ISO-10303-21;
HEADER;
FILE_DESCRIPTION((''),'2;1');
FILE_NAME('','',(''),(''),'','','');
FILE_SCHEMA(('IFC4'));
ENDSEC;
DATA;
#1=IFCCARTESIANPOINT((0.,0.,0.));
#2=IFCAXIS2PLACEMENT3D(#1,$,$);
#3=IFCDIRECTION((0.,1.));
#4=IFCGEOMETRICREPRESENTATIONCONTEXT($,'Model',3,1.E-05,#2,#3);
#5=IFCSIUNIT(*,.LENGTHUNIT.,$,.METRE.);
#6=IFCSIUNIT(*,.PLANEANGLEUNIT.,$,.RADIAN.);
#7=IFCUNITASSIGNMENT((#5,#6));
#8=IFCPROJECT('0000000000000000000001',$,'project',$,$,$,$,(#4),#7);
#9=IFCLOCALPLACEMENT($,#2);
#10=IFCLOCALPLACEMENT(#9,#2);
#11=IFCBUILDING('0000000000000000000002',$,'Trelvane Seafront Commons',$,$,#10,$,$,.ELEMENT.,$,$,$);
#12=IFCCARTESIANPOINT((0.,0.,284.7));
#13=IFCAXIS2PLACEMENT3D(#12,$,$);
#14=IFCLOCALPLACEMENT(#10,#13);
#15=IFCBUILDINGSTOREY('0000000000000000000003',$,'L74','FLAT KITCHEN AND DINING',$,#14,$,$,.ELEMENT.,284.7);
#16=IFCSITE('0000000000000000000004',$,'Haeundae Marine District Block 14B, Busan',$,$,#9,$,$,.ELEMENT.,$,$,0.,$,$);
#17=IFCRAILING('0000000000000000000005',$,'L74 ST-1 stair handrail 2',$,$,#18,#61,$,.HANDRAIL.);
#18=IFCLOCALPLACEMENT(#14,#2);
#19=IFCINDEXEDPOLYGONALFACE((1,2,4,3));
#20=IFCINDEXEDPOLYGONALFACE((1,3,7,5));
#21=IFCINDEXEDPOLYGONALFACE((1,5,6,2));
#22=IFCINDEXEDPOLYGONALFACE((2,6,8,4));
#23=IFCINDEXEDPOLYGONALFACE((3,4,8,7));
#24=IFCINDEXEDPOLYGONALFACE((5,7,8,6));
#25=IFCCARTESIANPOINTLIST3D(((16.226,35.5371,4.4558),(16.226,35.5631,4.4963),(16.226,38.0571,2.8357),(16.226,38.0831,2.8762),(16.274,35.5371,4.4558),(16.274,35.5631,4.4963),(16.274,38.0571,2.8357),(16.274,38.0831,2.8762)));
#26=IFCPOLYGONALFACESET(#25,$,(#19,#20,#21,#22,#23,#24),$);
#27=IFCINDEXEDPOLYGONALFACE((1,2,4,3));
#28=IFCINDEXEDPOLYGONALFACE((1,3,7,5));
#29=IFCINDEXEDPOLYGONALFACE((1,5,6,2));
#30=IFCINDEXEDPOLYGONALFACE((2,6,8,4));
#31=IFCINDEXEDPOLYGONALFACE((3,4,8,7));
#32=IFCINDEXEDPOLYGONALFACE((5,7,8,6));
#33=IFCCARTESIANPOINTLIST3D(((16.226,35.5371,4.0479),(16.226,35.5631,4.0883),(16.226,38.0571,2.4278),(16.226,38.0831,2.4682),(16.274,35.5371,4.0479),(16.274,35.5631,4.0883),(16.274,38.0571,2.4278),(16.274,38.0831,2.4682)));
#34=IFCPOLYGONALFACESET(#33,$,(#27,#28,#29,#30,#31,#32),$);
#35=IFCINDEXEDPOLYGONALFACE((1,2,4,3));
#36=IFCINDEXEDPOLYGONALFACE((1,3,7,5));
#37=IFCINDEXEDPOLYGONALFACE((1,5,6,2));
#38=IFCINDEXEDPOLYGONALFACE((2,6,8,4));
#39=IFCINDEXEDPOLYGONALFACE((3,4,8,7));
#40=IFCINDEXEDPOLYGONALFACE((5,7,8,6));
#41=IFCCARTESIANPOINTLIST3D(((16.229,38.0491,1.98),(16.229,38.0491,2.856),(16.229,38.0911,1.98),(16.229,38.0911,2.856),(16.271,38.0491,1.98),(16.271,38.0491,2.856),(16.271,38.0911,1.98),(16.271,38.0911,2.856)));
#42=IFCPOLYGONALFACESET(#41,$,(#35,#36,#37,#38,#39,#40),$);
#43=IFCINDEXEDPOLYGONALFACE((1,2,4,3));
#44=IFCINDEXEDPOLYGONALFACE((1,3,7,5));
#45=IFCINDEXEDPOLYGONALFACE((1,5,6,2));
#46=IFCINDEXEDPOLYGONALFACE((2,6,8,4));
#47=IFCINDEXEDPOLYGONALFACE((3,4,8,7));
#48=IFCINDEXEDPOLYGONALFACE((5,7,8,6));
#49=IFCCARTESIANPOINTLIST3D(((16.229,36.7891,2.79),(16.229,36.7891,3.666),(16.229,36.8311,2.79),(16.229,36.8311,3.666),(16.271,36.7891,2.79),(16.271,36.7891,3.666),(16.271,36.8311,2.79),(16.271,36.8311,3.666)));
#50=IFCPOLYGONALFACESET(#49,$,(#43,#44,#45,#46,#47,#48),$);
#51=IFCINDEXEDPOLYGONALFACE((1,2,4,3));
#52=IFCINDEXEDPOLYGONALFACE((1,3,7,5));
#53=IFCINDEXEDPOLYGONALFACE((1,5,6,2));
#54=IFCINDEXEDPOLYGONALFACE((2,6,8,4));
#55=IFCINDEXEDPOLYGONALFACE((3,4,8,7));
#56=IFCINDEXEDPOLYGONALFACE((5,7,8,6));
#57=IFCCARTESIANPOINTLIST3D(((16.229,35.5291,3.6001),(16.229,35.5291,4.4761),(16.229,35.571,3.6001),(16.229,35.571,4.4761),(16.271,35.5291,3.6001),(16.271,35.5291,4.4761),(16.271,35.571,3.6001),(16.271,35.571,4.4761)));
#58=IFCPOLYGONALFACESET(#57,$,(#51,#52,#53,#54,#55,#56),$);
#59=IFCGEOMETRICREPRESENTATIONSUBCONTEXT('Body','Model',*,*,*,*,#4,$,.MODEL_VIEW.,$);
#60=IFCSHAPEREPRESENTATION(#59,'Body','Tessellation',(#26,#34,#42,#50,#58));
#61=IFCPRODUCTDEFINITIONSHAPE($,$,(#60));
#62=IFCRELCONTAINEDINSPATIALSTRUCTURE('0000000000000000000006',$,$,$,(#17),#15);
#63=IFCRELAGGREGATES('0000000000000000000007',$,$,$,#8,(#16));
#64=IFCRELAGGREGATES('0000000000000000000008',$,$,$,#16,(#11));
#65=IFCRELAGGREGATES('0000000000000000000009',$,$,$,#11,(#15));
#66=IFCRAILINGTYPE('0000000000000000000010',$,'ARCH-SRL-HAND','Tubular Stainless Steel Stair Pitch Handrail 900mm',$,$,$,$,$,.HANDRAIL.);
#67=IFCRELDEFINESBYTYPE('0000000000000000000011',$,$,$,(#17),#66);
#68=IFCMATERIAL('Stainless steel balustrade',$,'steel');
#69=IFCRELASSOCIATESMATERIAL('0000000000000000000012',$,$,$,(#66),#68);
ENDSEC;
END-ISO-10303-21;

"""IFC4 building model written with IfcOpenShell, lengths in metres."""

from ifc_helpers import new_model, si_unit, direction, frame, origin, origin_2d, place, context, subcontext, project, spatial, rectangle, extrude, material, type_object, element, save


model = new_model("IFC4")

# Units and contexts
model_context = context("Model", 3, precision=1e-05, world=origin(), true_north=direction((0.0, 1.0)))
body_context = subcontext(model_context, "Body", "Model", "MODEL_VIEW")
ifc_project = project(units=[si_unit("LENGTHUNIT", "METRE"), si_unit("PLANEANGLEUNIT", "RADIAN")], contexts=[model_context])

# Site, building, storey
site_placement = place(None, origin())
site = spatial("IfcSite", under=ifc_project, at=site_placement, Name="Haeundae Marine District Block 14B, Busan", CompositionType="ELEMENT", RefElevation=0.0)
building_placement = place(site_placement, origin())
building = spatial("IfcBuilding", under=site, at=building_placement, Name="Trelvane Seafront Commons", CompositionType="ELEMENT")
storey_placement = place(building_placement, frame((0.0, 0.0, 284.7)))
storey = spatial("IfcBuildingStorey", under=building, at=storey_placement, Name="L74", Description="FLAT KITCHEN AND DINING", CompositionType="ELEMENT", Elevation=284.7)

# Shared definitions
ifc_material_1 = material(Name="Stainless steel balustrade", Category="steel")

# Railing
railing_type_1 = type_object("IfcRailingType", Name="ARCH-SRL-HAND", Description="Tubular Stainless Steel Stair Pitch Handrail 900mm", PredefinedType="HANDRAIL", material=ifc_material_1)
railing_1_placement = place(storey_placement, frame((16.25, 38.0701, 1.98)))
element("IfcRailing", 1, at=railing_1_placement, inside=storey, type_object=railing_type_1, Name="L74 ST-1 stair handrail 2", PredefinedType="HANDRAIL", context=body_context, shape_type="SweptSolid", body=[
    extrude(rectangle(XDim=0.0481, YDim=0.0481, at=origin_2d()), frame((0.0, 0.0, 0.876), z_axis=(0.0, -0.841163, 0.540782), x_axis=(1.0, 0.0, 0.0)), (0.0, 0.0, 1.0), 2.9958),
    extrude(rectangle(XDim=0.0481, YDim=0.0481, at=origin_2d()), frame((0.0, 0.0, 0.468), z_axis=(0.0, -0.841163, 0.540782), x_axis=(1.0, 0.0, 0.0)), (0.0, 0.0, 1.0), 2.9958),
    extrude(rectangle(XDim=0.042, YDim=0.042, at=origin_2d()), origin(), (0.0, 0.0, 1.0), 0.876),
    extrude(rectangle(XDim=0.042, YDim=0.042, at=origin_2d()), frame((0.0, -1.26, 0.8101)), (0.0, 0.0, 1.0), 0.876),
    extrude(rectangle(XDim=0.042, YDim=0.042, at=origin_2d()), frame((0.0, -2.52, 1.6201)), (0.0, 0.0, 1.0), 0.876),
])

save(model, "model.ifc")
